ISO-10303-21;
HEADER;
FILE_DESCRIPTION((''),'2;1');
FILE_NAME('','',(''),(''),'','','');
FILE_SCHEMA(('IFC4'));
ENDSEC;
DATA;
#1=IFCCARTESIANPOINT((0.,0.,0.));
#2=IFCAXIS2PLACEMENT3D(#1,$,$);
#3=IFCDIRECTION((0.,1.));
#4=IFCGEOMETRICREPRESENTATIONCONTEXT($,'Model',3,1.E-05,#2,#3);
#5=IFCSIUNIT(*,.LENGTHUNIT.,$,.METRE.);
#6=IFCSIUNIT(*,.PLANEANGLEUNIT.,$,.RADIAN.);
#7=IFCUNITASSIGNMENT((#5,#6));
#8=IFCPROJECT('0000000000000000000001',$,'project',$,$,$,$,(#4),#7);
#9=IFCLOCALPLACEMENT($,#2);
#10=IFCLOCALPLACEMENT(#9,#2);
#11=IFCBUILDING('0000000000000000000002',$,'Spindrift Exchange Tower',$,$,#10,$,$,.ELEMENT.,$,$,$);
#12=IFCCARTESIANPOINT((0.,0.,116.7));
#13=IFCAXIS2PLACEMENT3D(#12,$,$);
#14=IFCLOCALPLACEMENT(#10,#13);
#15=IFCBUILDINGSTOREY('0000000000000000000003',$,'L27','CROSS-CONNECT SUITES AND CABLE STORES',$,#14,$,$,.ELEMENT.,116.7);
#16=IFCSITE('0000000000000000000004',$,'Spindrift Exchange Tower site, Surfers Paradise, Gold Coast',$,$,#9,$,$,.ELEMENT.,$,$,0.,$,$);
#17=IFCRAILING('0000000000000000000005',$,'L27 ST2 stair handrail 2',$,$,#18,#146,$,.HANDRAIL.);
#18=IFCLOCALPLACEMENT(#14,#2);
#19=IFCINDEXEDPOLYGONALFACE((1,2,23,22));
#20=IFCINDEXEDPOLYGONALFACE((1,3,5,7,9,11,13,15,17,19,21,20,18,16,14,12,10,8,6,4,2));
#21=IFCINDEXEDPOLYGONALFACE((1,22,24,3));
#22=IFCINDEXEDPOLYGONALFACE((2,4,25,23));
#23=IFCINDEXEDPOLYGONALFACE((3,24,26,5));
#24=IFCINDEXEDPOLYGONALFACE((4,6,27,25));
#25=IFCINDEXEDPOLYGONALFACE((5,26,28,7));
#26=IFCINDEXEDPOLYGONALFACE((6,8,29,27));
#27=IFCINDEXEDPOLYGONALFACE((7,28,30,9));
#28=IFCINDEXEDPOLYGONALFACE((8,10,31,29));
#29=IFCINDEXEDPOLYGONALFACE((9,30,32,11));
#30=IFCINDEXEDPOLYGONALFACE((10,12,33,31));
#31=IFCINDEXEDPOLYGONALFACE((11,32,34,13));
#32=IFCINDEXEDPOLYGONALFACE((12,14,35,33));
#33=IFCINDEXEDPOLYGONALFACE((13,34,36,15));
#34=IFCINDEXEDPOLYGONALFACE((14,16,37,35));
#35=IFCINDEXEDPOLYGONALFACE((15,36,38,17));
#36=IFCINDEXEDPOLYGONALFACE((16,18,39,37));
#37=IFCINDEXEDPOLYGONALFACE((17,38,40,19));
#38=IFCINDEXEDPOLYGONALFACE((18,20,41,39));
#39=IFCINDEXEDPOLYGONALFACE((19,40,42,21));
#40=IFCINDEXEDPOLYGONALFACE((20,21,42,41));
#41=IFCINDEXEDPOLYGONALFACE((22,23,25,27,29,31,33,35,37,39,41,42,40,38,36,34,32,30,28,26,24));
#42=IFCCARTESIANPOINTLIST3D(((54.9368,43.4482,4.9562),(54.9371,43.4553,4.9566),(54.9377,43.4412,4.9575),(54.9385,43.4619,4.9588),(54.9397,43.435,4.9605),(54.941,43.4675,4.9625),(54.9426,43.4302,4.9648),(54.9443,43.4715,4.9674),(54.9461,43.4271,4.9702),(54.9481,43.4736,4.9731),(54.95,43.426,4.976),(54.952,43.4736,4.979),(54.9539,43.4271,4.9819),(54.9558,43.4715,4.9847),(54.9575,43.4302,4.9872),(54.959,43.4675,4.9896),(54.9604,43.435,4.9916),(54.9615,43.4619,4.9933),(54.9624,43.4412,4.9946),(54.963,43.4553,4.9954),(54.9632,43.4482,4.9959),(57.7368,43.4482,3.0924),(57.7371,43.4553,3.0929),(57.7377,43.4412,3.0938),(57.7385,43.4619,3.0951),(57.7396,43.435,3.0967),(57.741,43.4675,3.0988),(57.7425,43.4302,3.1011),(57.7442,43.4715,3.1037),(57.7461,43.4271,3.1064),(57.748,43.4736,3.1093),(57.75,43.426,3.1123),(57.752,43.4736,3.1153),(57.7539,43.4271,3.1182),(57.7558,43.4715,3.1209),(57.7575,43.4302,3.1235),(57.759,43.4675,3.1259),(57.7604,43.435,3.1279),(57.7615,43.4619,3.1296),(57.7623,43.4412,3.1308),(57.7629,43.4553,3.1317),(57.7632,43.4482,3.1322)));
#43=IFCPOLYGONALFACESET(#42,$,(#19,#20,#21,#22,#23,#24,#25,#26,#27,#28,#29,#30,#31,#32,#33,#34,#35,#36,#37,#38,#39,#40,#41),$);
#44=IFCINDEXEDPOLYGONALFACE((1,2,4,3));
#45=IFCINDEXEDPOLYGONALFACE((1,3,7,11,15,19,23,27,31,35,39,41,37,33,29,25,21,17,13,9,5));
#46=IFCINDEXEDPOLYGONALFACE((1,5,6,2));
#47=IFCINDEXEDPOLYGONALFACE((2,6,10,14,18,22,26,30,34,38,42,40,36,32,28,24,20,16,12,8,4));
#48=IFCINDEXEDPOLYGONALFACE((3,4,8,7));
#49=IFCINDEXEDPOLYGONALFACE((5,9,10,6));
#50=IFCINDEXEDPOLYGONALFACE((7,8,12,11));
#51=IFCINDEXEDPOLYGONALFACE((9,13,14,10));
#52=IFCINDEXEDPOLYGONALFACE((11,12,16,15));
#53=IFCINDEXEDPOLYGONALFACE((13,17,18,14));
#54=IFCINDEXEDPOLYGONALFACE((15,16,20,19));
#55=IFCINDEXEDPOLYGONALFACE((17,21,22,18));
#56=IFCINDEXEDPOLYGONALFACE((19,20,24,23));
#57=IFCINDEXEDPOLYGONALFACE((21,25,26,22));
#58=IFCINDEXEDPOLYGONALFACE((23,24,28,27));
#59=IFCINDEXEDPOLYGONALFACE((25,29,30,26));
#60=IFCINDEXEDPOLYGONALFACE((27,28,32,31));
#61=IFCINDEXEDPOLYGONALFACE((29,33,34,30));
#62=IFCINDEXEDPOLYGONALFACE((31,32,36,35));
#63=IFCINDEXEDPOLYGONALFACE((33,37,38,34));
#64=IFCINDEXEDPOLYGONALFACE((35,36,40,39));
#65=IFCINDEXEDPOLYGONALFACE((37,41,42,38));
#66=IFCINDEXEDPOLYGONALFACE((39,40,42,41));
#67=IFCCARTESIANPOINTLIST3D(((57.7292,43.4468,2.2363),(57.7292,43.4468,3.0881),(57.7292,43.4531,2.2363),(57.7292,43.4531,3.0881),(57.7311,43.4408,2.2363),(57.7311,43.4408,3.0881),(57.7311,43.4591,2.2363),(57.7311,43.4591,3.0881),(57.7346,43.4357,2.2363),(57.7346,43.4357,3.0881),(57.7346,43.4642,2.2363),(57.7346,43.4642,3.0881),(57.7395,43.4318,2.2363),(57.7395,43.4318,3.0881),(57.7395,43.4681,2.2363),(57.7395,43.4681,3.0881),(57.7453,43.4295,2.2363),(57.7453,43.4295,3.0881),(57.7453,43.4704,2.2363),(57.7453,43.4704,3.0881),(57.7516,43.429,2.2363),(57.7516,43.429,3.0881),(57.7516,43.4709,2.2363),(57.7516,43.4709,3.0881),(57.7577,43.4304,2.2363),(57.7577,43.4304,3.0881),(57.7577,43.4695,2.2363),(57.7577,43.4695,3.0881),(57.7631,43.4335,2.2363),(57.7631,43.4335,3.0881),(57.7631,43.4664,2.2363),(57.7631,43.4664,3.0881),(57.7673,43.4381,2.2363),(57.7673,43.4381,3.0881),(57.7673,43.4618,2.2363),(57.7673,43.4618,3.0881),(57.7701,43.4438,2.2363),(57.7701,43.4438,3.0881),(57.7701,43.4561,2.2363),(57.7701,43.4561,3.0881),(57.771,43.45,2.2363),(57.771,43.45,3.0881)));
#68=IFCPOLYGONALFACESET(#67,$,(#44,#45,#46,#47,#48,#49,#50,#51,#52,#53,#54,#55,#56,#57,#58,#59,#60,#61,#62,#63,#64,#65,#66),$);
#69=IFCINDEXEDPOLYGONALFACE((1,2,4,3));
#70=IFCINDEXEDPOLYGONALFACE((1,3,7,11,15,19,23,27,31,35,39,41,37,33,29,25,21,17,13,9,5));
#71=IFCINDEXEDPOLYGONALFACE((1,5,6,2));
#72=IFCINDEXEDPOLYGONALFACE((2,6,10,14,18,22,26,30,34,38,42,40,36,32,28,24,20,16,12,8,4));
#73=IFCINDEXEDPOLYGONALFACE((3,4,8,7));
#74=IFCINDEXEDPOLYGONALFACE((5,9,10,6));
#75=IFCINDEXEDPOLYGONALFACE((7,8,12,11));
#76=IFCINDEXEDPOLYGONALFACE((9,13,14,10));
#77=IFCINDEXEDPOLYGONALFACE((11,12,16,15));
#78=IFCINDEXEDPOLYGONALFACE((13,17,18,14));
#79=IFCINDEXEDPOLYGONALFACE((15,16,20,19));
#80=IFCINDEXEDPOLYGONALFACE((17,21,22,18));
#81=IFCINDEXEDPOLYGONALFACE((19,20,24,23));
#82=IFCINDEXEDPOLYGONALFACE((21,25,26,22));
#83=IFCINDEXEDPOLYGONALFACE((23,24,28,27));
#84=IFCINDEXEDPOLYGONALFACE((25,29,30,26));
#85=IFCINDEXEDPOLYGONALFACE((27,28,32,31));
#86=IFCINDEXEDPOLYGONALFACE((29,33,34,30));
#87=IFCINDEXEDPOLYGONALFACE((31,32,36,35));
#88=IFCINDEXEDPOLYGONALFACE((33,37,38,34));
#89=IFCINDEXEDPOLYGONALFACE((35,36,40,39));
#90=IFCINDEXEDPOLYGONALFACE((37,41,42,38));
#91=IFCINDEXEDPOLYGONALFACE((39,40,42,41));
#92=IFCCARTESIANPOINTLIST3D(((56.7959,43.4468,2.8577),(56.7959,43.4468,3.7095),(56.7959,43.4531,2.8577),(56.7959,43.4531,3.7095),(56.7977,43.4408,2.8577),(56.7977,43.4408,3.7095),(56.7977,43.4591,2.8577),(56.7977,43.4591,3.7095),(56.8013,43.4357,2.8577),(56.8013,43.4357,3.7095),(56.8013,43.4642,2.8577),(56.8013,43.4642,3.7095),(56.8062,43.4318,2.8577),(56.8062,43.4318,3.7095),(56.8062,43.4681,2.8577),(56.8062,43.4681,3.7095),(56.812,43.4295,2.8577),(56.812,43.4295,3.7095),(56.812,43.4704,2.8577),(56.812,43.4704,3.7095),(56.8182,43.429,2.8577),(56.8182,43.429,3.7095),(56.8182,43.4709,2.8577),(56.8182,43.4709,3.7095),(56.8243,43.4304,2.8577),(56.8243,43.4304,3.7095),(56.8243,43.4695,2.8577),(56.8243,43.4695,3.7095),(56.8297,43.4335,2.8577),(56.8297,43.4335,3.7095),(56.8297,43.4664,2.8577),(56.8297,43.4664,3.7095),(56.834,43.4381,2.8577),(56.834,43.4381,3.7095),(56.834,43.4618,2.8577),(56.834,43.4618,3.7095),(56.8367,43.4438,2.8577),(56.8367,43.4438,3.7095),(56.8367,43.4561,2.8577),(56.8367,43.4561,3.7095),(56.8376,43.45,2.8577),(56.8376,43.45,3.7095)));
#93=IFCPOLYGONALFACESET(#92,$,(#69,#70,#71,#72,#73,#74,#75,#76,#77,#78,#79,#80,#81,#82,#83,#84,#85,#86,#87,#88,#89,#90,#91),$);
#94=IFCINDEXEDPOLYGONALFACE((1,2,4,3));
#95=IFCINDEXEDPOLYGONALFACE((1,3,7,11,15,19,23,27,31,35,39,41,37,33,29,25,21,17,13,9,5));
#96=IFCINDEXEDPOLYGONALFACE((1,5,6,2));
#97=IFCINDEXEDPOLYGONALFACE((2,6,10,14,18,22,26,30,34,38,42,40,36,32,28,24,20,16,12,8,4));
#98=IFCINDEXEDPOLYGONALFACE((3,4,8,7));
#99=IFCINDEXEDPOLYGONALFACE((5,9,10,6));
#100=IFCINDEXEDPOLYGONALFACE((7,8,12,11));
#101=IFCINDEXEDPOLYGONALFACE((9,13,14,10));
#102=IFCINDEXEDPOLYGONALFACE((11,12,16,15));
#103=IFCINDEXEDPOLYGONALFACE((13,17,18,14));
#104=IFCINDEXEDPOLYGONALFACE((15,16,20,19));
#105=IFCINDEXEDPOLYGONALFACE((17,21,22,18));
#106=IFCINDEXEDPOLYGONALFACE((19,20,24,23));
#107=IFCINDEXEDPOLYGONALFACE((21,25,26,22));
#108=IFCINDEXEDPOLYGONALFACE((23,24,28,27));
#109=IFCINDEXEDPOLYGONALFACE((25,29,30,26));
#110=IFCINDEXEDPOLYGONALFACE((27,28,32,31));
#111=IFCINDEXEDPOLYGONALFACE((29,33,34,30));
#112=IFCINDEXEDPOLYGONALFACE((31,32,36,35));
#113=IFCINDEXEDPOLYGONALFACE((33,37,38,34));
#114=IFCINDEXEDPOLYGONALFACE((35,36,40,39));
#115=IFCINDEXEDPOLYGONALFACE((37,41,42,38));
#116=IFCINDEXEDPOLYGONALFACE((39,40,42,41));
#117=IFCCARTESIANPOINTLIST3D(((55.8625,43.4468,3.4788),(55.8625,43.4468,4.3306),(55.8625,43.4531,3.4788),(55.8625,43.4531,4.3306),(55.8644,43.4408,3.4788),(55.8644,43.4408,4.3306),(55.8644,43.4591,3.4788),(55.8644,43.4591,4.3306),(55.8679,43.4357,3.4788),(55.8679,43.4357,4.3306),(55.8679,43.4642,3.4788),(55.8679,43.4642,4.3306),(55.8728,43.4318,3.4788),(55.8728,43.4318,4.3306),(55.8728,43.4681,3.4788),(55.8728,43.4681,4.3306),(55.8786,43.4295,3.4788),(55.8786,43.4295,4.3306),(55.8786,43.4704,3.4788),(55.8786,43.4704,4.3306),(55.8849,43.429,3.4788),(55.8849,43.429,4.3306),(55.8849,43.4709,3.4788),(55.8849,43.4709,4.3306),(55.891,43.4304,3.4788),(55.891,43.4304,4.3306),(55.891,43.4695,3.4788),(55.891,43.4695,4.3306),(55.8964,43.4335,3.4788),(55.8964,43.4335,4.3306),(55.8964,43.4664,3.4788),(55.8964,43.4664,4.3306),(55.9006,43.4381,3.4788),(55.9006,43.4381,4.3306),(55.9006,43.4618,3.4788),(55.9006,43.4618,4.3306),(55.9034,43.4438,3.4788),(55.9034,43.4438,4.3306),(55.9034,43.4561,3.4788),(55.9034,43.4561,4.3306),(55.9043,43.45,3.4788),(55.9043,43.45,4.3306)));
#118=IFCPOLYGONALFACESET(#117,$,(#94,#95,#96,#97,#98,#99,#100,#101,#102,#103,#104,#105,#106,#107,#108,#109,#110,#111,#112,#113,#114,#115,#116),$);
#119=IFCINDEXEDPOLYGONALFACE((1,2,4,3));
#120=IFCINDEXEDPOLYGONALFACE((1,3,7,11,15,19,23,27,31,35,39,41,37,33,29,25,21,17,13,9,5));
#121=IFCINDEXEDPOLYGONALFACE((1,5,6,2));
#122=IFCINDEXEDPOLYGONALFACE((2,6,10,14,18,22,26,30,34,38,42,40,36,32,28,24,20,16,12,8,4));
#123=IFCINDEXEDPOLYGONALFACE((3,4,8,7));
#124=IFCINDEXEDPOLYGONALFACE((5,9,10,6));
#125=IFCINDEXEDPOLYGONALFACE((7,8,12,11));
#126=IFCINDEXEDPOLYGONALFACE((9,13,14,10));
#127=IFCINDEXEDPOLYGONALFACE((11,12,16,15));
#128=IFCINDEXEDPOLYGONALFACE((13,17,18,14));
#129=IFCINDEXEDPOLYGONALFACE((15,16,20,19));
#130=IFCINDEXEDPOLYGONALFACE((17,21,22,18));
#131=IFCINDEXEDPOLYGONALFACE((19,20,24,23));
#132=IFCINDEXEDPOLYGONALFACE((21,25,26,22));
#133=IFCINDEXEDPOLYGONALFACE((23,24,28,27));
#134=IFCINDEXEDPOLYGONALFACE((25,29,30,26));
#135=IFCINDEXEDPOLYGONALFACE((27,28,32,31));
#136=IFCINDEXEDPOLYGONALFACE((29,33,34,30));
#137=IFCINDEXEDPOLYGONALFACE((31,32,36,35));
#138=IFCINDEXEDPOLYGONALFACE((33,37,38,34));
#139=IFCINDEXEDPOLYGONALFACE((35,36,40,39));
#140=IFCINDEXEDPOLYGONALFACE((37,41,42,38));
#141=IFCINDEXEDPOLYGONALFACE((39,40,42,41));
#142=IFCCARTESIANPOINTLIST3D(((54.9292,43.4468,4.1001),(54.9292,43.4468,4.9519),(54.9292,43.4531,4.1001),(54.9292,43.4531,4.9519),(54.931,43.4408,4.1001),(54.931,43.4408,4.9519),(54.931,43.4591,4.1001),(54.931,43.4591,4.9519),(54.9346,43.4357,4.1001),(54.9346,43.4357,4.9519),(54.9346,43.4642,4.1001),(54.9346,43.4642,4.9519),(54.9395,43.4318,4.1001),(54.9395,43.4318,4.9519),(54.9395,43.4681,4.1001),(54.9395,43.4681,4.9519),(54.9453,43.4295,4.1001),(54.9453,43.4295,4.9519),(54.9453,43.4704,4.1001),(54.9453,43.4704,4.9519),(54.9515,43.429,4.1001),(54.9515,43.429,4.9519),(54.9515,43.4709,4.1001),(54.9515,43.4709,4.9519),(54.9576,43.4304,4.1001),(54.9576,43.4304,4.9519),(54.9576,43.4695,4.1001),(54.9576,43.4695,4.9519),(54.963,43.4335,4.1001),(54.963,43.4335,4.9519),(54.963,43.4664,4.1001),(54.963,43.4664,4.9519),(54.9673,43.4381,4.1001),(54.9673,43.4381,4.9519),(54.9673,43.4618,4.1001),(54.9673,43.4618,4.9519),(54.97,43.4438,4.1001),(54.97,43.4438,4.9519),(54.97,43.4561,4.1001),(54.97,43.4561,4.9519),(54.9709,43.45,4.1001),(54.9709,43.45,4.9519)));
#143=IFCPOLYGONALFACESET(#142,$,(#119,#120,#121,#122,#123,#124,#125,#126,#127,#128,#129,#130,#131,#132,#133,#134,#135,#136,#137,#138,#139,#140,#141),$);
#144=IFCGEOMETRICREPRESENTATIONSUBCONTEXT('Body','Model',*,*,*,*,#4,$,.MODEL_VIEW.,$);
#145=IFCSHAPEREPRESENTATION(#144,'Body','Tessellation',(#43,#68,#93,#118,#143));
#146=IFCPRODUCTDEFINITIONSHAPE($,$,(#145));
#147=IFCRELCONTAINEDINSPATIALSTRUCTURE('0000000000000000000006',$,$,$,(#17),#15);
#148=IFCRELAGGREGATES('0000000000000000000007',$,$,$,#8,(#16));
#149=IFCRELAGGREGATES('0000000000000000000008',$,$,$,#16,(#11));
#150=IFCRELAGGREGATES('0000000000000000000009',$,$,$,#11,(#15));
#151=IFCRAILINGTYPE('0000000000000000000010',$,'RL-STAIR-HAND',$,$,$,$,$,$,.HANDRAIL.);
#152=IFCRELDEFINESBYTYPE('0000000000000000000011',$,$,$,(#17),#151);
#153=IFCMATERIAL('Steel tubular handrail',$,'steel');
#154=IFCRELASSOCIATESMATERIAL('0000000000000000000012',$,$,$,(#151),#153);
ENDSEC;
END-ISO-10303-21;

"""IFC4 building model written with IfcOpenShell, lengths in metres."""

from ifc_helpers import new_model, si_unit, direction, frame, origin, origin_2d, place, context, subcontext, project, spatial, circle, extrude, material, type_object, element, save


model = new_model("IFC4")

# Units and contexts
model_context = context("Model", 3, precision=1e-05, world=origin(), true_north=direction((0.0, 1.0)))
body_context = subcontext(model_context, "Body", "Model", "MODEL_VIEW")
ifc_project = project(units=[si_unit("LENGTHUNIT", "METRE"), si_unit("PLANEANGLEUNIT", "RADIAN")], contexts=[model_context])

# Site, building, storey
site_placement = place(None, origin())
site = spatial("IfcSite", under=ifc_project, at=site_placement, Name="Spindrift Exchange Tower site, Surfers Paradise, Gold Coast", CompositionType="ELEMENT", RefElevation=0.0)
building_placement = place(site_placement, origin())
building = spatial("IfcBuilding", under=site, at=building_placement, Name="Spindrift Exchange Tower", CompositionType="ELEMENT")
storey_placement = place(building_placement, frame((0.0, 0.0, 116.7)))
storey = spatial("IfcBuildingStorey", under=building, at=storey_placement, Name="L27", Description="CROSS-CONNECT SUITES AND CABLE STORES", CompositionType="ELEMENT", Elevation=116.7)

# Railing
ifc_material_1 = material(Name="Steel tubular handrail", Category="steel")
railing_type_1 = type_object("IfcRailingType", Name="RL-STAIR-HAND", PredefinedType="HANDRAIL", material=ifc_material_1)
railing_1_placement = place(storey_placement, frame((57.75, 43.45, 2.2363)))
element("IfcRailing", 1, at=railing_1_placement, inside=storey, type_object=railing_type_1, Name="L27 ST2 stair handrail 2", PredefinedType="HANDRAIL", context=body_context, shape_type="SweptSolid", body=[
    extrude(circle(Radius=0.0239, at=origin_2d()), frame((0.0, 0.0, 0.876), z_axis=(-0.832452, 0.0, 0.554097), x_axis=(0.0, -1.0, 0.0)), (0.0, 0.0, 1.0), 3.3635),
    extrude(circle(Radius=0.021, at=origin_2d()), origin(), (0.0, 0.0, 1.0), 0.8518),
    extrude(circle(Radius=0.021, at=origin_2d()), frame((-0.9333, 0.0, 0.6213)), (0.0, 0.0, 1.0), 0.8518),
    extrude(circle(Radius=0.021, at=origin_2d()), frame((-1.8667, 0.0, 1.2424)), (0.0, 0.0, 1.0), 0.8518),
    extrude(circle(Radius=0.021, at=origin_2d()), frame((-2.8, 0.0, 1.8638)), (0.0, 0.0, 1.0), 0.8518),
])

save(model, "model.ifc")
